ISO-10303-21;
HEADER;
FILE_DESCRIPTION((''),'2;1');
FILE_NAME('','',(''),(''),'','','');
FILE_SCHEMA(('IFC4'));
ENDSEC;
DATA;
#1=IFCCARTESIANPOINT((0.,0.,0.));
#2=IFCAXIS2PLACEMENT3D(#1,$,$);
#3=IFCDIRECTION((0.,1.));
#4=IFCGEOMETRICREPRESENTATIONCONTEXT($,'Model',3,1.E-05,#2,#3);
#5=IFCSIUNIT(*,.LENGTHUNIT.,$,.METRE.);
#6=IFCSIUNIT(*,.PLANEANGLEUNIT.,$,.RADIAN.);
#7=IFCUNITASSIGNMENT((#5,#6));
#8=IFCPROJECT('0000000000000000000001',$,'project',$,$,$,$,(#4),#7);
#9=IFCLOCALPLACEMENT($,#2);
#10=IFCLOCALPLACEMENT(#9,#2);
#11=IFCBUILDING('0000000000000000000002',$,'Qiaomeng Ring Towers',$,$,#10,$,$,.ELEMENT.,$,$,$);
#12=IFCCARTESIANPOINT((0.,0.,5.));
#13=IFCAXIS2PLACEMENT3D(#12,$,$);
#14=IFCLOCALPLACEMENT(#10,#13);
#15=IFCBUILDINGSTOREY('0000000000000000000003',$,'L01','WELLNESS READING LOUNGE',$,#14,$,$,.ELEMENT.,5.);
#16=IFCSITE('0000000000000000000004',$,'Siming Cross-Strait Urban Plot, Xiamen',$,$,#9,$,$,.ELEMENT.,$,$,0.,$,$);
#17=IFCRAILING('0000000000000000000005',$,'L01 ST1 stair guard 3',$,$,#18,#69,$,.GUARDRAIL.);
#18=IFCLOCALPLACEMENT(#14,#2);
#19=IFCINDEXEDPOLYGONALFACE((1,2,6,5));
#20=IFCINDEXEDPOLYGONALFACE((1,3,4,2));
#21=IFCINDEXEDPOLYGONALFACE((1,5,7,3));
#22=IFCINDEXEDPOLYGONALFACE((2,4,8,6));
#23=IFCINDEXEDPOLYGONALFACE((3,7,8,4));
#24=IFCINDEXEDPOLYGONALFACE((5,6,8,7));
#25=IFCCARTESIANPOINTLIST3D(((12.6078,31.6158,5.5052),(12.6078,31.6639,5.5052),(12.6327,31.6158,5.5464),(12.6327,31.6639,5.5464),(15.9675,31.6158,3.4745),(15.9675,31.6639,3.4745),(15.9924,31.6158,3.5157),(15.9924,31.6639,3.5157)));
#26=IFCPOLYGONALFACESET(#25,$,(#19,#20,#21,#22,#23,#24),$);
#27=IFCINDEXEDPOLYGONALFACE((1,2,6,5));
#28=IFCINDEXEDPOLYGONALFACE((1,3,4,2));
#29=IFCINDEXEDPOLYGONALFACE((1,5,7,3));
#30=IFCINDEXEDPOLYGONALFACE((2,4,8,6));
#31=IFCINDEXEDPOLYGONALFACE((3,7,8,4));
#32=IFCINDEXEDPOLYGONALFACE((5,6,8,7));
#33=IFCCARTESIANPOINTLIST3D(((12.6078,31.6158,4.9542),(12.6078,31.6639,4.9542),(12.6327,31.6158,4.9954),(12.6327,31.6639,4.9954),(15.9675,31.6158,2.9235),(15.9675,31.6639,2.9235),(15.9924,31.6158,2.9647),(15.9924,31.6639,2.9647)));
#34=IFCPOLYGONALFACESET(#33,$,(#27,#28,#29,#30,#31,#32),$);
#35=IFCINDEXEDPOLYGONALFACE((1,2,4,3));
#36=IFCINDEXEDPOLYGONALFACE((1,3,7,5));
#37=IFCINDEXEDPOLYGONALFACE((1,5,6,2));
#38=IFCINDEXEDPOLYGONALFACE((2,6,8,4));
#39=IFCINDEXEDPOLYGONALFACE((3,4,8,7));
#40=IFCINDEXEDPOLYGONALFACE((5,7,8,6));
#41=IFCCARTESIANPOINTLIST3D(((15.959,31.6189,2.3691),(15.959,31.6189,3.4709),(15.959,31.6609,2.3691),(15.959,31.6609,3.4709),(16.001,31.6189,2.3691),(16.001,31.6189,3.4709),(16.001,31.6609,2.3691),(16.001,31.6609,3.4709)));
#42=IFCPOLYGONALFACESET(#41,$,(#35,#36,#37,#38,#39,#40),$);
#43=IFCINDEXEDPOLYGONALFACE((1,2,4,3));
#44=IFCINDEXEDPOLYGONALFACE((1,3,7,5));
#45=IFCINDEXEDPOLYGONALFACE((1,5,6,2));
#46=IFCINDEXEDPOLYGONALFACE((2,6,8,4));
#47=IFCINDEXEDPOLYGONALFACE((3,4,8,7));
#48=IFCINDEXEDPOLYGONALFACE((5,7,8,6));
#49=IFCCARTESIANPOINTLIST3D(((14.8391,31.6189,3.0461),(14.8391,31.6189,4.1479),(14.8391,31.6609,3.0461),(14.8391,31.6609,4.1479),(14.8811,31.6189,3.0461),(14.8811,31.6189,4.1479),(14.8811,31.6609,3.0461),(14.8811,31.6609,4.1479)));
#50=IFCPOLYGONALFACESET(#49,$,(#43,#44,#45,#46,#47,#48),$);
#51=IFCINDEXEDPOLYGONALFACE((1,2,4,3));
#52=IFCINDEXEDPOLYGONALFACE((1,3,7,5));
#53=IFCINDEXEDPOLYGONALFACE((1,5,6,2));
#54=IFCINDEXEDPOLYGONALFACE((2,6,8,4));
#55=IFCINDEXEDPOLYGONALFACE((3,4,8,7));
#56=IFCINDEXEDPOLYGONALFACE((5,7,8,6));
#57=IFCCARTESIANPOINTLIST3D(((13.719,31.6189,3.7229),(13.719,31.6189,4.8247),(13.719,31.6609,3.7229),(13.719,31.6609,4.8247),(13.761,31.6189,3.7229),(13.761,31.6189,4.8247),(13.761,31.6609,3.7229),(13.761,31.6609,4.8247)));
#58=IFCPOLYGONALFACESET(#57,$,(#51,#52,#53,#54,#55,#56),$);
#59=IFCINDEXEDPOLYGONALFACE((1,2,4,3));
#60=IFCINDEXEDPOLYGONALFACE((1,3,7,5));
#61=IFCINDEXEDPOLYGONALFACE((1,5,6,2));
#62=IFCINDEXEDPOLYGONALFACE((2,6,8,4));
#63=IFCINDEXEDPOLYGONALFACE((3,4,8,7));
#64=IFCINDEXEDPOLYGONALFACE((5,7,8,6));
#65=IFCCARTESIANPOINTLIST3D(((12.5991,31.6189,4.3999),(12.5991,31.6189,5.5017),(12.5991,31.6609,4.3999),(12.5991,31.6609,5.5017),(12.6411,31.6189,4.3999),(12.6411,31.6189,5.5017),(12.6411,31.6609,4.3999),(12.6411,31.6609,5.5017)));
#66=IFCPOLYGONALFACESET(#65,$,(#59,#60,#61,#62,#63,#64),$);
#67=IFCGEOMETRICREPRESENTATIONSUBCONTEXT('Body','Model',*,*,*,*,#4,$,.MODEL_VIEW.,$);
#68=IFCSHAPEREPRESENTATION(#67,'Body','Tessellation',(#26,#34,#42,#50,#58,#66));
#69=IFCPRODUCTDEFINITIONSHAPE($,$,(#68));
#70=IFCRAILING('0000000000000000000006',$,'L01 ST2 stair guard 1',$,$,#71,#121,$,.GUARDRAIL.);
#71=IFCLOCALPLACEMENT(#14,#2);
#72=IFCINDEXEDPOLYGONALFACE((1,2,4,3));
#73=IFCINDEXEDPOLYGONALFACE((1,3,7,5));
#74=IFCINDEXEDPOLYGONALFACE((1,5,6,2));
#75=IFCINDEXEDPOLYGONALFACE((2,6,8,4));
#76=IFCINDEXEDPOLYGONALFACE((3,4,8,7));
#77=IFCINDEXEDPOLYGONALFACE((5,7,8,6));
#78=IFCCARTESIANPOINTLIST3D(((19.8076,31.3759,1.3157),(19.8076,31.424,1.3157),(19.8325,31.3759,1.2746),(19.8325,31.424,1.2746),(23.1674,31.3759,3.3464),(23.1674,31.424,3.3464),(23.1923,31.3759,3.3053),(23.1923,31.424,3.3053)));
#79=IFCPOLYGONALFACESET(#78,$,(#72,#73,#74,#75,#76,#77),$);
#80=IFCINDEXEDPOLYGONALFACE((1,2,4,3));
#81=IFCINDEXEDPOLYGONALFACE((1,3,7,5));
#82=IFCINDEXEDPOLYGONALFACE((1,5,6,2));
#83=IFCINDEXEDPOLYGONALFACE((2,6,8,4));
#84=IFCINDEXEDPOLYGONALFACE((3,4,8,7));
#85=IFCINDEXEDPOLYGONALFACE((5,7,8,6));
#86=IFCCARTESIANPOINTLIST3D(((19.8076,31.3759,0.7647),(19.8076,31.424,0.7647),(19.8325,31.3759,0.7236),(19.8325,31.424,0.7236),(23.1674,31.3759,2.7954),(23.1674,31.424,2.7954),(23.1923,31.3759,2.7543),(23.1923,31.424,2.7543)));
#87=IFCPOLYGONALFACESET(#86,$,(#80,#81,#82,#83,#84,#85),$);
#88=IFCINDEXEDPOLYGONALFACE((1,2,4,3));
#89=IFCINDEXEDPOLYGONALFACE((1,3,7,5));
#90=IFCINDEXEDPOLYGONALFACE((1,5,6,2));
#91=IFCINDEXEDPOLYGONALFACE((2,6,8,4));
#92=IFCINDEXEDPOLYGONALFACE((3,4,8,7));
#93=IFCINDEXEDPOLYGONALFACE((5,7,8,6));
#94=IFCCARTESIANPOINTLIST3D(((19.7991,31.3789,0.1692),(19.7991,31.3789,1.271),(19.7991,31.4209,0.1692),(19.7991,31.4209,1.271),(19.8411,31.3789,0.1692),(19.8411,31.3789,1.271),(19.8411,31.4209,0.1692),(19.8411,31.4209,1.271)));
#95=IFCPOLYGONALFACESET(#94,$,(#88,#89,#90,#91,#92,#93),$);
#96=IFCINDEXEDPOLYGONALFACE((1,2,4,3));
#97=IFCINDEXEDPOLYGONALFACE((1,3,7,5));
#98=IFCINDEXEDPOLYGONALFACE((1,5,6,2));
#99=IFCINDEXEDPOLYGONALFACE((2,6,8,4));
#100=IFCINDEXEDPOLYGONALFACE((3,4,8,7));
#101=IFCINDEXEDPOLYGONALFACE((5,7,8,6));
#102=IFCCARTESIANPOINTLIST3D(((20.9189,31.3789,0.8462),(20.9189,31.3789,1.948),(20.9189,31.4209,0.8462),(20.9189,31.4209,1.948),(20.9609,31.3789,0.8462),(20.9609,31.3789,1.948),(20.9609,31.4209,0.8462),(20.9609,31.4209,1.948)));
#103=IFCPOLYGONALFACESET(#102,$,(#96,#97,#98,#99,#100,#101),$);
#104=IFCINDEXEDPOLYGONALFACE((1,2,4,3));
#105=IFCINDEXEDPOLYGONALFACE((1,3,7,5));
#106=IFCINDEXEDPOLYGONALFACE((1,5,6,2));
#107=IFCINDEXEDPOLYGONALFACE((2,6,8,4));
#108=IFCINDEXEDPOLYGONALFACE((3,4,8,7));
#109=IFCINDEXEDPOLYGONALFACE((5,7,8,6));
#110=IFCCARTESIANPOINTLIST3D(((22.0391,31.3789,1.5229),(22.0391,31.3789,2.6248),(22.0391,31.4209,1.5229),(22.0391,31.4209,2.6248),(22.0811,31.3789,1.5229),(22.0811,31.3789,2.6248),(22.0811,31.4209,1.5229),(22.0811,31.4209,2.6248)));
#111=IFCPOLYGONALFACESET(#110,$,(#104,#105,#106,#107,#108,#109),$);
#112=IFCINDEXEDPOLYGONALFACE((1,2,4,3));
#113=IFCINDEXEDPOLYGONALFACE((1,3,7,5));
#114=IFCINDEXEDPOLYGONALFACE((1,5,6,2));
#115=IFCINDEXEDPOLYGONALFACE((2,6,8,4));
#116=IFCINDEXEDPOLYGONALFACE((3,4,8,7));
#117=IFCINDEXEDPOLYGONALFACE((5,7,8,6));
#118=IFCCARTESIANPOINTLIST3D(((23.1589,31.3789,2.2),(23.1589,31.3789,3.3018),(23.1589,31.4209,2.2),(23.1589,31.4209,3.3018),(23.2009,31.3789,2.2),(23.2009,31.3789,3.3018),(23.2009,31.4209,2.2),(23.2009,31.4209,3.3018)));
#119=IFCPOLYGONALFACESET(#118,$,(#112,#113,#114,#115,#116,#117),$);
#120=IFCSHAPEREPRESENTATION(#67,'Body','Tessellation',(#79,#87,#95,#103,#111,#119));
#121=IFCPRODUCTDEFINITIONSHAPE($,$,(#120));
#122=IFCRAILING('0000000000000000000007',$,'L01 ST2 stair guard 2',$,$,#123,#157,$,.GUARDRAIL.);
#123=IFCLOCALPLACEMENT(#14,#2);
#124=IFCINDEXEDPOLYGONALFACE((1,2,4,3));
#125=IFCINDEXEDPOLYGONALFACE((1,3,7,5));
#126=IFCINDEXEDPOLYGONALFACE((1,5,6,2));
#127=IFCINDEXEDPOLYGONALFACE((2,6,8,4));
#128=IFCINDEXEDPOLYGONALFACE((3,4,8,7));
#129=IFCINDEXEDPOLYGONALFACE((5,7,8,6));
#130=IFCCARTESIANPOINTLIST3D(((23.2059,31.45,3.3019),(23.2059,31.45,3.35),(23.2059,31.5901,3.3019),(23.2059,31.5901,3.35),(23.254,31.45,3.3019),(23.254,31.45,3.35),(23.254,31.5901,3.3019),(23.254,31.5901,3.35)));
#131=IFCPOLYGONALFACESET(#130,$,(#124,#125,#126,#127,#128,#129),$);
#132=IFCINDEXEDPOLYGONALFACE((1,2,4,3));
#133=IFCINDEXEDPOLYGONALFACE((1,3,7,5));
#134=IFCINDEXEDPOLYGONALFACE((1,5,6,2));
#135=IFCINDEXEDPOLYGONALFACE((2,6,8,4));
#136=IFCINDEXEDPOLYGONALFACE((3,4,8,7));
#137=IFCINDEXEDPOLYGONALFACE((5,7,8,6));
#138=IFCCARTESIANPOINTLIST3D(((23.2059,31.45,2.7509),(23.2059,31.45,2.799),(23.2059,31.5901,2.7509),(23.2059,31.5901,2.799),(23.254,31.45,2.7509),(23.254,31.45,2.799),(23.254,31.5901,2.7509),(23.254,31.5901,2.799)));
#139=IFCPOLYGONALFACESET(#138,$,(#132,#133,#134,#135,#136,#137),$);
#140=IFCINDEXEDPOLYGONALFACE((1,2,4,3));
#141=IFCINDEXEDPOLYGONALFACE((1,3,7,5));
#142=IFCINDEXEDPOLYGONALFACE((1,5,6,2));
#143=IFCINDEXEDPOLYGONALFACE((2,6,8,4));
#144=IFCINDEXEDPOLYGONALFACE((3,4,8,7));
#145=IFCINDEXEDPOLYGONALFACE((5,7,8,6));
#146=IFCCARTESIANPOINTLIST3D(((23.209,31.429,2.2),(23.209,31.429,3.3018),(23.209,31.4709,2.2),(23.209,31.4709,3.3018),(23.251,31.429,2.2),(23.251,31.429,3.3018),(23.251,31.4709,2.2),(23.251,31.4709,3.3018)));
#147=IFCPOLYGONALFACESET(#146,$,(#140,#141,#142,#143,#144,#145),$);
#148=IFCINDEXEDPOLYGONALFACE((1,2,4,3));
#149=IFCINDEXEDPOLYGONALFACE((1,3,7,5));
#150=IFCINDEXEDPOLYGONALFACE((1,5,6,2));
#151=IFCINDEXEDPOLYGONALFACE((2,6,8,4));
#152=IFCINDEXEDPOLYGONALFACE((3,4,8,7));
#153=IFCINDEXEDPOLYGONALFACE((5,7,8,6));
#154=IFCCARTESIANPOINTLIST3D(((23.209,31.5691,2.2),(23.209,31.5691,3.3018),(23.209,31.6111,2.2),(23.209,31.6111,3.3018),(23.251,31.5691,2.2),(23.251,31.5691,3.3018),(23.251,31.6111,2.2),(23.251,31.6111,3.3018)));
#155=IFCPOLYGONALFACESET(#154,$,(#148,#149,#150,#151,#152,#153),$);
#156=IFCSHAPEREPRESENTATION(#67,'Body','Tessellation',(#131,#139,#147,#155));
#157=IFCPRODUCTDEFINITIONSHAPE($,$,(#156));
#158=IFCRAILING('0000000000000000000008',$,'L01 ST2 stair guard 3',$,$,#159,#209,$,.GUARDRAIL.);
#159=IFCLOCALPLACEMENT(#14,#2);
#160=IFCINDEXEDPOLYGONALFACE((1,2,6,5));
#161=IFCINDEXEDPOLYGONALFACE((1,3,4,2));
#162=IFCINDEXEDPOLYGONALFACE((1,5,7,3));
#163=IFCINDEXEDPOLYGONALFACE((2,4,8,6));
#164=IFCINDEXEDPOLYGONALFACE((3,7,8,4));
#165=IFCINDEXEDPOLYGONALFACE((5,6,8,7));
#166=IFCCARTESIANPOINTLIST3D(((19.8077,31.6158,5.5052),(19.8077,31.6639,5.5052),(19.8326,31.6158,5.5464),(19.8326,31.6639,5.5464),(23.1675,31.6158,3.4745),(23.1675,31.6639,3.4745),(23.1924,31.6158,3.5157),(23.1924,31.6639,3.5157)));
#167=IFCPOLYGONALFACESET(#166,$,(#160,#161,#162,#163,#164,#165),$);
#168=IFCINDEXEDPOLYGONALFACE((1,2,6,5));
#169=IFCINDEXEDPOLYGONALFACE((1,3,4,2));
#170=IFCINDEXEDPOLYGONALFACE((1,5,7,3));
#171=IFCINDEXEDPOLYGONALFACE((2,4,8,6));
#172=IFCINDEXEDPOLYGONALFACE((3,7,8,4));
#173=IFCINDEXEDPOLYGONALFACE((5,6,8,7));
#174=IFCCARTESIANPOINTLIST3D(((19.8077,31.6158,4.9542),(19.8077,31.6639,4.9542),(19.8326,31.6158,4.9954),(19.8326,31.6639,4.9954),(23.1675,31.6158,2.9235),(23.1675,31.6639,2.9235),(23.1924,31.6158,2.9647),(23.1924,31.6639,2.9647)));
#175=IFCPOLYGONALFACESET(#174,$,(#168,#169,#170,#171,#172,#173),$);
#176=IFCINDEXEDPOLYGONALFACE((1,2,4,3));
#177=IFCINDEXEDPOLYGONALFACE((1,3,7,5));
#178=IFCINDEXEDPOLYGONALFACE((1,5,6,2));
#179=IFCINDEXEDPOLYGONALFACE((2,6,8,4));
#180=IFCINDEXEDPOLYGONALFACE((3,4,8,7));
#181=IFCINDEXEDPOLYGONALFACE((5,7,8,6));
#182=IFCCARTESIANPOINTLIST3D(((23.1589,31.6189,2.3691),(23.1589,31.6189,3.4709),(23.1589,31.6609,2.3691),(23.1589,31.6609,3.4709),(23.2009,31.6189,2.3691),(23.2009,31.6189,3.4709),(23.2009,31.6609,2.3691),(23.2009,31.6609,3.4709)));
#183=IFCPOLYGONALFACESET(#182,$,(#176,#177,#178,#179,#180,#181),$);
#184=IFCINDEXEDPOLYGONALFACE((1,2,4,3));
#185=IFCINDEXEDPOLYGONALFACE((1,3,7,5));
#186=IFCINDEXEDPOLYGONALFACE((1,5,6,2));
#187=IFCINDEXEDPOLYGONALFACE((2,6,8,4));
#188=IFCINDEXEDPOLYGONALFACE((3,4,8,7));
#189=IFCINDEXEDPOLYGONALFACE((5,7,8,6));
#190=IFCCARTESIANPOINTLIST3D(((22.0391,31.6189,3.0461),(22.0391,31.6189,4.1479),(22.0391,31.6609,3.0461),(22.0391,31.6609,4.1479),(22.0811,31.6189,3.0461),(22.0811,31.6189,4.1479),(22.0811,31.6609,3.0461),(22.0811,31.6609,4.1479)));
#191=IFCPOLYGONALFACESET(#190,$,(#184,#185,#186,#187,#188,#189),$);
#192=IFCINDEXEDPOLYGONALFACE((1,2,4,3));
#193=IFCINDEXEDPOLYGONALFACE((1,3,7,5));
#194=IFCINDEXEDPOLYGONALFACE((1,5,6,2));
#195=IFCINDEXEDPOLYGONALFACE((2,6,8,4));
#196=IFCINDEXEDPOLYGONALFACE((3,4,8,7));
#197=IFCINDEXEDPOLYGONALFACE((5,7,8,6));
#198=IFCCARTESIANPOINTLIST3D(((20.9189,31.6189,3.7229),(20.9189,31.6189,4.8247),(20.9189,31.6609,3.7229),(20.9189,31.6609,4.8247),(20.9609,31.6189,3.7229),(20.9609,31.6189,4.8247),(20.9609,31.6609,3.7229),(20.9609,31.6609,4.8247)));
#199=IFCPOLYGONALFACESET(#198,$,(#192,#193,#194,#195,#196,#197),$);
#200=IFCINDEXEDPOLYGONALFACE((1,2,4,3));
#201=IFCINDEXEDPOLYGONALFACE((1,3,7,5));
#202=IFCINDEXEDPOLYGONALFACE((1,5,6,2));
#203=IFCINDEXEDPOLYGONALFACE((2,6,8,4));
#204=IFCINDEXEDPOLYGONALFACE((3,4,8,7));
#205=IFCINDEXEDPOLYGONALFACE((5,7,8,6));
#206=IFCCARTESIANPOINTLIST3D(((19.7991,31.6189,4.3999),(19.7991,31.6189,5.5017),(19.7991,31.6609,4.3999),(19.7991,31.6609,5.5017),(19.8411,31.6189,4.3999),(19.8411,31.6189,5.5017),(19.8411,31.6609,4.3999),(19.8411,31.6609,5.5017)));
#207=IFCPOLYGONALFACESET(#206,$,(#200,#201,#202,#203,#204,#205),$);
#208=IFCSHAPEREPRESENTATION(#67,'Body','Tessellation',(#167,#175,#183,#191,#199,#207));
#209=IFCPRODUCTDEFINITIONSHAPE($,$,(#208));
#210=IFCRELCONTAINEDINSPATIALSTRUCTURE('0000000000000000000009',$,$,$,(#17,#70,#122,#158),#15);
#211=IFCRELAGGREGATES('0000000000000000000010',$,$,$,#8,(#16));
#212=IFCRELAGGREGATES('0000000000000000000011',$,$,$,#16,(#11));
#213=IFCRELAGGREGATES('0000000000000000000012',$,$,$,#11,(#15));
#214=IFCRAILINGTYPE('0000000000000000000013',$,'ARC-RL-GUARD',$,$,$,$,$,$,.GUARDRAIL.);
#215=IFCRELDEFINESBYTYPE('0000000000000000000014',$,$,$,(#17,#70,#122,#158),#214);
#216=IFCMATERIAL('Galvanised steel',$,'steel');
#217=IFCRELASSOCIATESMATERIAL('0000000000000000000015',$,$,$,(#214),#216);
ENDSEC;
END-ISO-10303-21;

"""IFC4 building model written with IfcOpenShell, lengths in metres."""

from ifc_helpers import new_model, si_unit, direction, frame, origin, origin_2d, place, context, subcontext, project, spatial, rectangle, extrude, material, type_object, element, save


model = new_model("IFC4")

# Units and contexts
model_context = context("Model", 3, precision=1e-05, world=origin(), true_north=direction((0.0, 1.0)))
body_context = subcontext(model_context, "Body", "Model", "MODEL_VIEW")
ifc_project = project(units=[si_unit("LENGTHUNIT", "METRE"), si_unit("PLANEANGLEUNIT", "RADIAN")], contexts=[model_context])

# Site, building, storey
site_placement = place(None, origin())
site = spatial("IfcSite", under=ifc_project, at=site_placement, Name="Siming Cross-Strait Urban Plot, Xiamen", CompositionType="ELEMENT", RefElevation=0.0)
building_placement = place(site_placement, origin())
building = spatial("IfcBuilding", under=site, at=building_placement, Name="Qiaomeng Ring Towers", CompositionType="ELEMENT")
storey_placement = place(building_placement, frame((0.0, 0.0, 5.0)))
storey = spatial("IfcBuildingStorey", under=building, at=storey_placement, Name="L01", Description="WELLNESS READING LOUNGE", CompositionType="ELEMENT", Elevation=5.0)

# Shared definitions
ifc_material_1 = material(Name="Galvanised steel", Category="steel")

# Railings
railing_type_1 = type_object("IfcRailingType", Name="ARC-RL-GUARD", PredefinedType="GUARDRAIL", material=ifc_material_1)
railing_1_placement = place(storey_placement, frame((15.98, 31.6399, 2.3691)))
element("IfcRailing", 1, at=railing_1_placement, inside=storey, type_object=railing_type_1, Name="L01 ST1 stair guard 3", PredefinedType="GUARDRAIL", context=body_context, shape_type="SweptSolid", body=[
    extrude(rectangle(XDim=0.0481, YDim=0.0481, at=origin_2d()), frame((0.0, 0.0, 1.126), z_axis=(-0.85582, 0.0, 0.517273), x_axis=(0.0, -1.0, 0.0)), (0.0, 0.0, 1.0), 3.9258),
    extrude(rectangle(XDim=0.0481, YDim=0.0481, at=origin_2d()), frame((0.0, 0.0, 0.575), z_axis=(-0.85582, 0.0, 0.517273), x_axis=(0.0, -1.0, 0.0)), (0.0, 0.0, 1.0), 3.9258),
    extrude(rectangle(XDim=0.042, YDim=0.042, at=origin_2d()), origin(), (0.0, 0.0, 1.0), 1.1018),
    extrude(rectangle(XDim=0.042, YDim=0.042, at=origin_2d()), frame((-1.1199, 0.0, 0.677)), (0.0, 0.0, 1.0), 1.1018),
    extrude(rectangle(XDim=0.042, YDim=0.042, at=origin_2d()), frame((-2.24, 0.0, 1.3538)), (0.0, 0.0, 1.0), 1.1018),
    extrude(rectangle(XDim=0.042, YDim=0.042, at=origin_2d()), frame((-3.3599, 0.0, 2.0308)), (0.0, 0.0, 1.0), 1.1018),
])
railing_2_placement = place(storey_placement, frame((19.8201, 31.3999, 0.1692)))
element("IfcRailing", 2, at=railing_2_placement, inside=storey, type_object=railing_type_1, Name="L01 ST2 stair guard 1", PredefinedType="GUARDRAIL", context=body_context, shape_type="SweptSolid", body=[
    extrude(rectangle(XDim=0.0481, YDim=0.0481, at=origin_2d()), frame((0.0, 0.0, 1.126), z_axis=(0.85582, 0.0, 0.517273), x_axis=(0.0, 1.0, 0.0)), (0.0, 0.0, 1.0), 3.9258),
    extrude(rectangle(XDim=0.0481, YDim=0.0481, at=origin_2d()), frame((0.0, 0.0, 0.575), z_axis=(0.85582, 0.0, 0.517273), x_axis=(0.0, 1.0, 0.0)), (0.0, 0.0, 1.0), 3.9258),
    extrude(rectangle(XDim=0.042, YDim=0.042, at=origin_2d()), origin(), (0.0, 0.0, 1.0), 1.1018),
    extrude(rectangle(XDim=0.042, YDim=0.042, at=origin_2d()), frame((1.1199, 0.0, 0.677)), (0.0, 0.0, 1.0), 1.1018),
    extrude(rectangle(XDim=0.042, YDim=0.042, at=origin_2d()), frame((2.24, 0.0, 1.3538)), (0.0, 0.0, 1.0), 1.1018),
    extrude(rectangle(XDim=0.042, YDim=0.042, at=origin_2d()), frame((3.3599, 0.0, 2.0308)), (0.0, 0.0, 1.0), 1.1018),
])
railing_3_placement = place(storey_placement, frame((23.23, 31.45, 2.2)))
element("IfcRailing", 3, at=railing_3_placement, inside=storey, type_object=railing_type_1, Name="L01 ST2 stair guard 2", PredefinedType="GUARDRAIL", context=body_context, shape_type="SweptSolid", body=[
    extrude(rectangle(XDim=0.0481, YDim=0.0481, at=origin_2d()), frame((0.0, 0.0, 1.126), z_axis=(0.0, 1.0, 0.0), x_axis=(-1.0, 0.0, 0.0)), (0.0, 0.0, 1.0), 0.1401),
    extrude(rectangle(XDim=0.0481, YDim=0.0481, at=origin_2d()), frame((0.0, 0.0, 0.575), z_axis=(0.0, 1.0, 0.0), x_axis=(-1.0, 0.0, 0.0)), (0.0, 0.0, 1.0), 0.1401),
    extrude(rectangle(XDim=0.042, YDim=0.042, at=origin_2d()), origin(), (0.0, 0.0, 1.0), 1.1018),
    extrude(rectangle(XDim=0.042, YDim=0.042, at=origin_2d()), frame((0.0, 0.1401, 0.0)), (0.0, 0.0, 1.0), 1.1018),
])
railing_4_placement = place(storey_placement, frame((23.1799, 31.6399, 2.3691)))
element("IfcRailing", 4, at=railing_4_placement, inside=storey, type_object=railing_type_1, Name="L01 ST2 stair guard 3", PredefinedType="GUARDRAIL", context=body_context, shape_type="SweptSolid", body=[
    extrude(rectangle(XDim=0.0481, YDim=0.0481, at=origin_2d()), frame((0.0, 0.0, 1.126), z_axis=(-0.85582, 0.0, 0.517273), x_axis=(0.0, -1.0, 0.0)), (0.0, 0.0, 1.0), 3.9258),
    extrude(rectangle(XDim=0.0481, YDim=0.0481, at=origin_2d()), frame((0.0, 0.0, 0.575), z_axis=(-0.85582, 0.0, 0.517273), x_axis=(0.0, -1.0, 0.0)), (0.0, 0.0, 1.0), 3.9258),
    extrude(rectangle(XDim=0.042, YDim=0.042, at=origin_2d()), origin(), (0.0, 0.0, 1.0), 1.1018),
    extrude(rectangle(XDim=0.042, YDim=0.042, at=origin_2d()), frame((-1.1199, 0.0, 0.677)), (0.0, 0.0, 1.0), 1.1018),
    extrude(rectangle(XDim=0.042, YDim=0.042, at=origin_2d()), frame((-2.24, 0.0, 1.3538)), (0.0, 0.0, 1.0), 1.1018),
    extrude(rectangle(XDim=0.042, YDim=0.042, at=origin_2d()), frame((-3.3599, 0.0, 2.0308)), (0.0, 0.0, 1.0), 1.1018),
])

save(model, "model.ifc")
